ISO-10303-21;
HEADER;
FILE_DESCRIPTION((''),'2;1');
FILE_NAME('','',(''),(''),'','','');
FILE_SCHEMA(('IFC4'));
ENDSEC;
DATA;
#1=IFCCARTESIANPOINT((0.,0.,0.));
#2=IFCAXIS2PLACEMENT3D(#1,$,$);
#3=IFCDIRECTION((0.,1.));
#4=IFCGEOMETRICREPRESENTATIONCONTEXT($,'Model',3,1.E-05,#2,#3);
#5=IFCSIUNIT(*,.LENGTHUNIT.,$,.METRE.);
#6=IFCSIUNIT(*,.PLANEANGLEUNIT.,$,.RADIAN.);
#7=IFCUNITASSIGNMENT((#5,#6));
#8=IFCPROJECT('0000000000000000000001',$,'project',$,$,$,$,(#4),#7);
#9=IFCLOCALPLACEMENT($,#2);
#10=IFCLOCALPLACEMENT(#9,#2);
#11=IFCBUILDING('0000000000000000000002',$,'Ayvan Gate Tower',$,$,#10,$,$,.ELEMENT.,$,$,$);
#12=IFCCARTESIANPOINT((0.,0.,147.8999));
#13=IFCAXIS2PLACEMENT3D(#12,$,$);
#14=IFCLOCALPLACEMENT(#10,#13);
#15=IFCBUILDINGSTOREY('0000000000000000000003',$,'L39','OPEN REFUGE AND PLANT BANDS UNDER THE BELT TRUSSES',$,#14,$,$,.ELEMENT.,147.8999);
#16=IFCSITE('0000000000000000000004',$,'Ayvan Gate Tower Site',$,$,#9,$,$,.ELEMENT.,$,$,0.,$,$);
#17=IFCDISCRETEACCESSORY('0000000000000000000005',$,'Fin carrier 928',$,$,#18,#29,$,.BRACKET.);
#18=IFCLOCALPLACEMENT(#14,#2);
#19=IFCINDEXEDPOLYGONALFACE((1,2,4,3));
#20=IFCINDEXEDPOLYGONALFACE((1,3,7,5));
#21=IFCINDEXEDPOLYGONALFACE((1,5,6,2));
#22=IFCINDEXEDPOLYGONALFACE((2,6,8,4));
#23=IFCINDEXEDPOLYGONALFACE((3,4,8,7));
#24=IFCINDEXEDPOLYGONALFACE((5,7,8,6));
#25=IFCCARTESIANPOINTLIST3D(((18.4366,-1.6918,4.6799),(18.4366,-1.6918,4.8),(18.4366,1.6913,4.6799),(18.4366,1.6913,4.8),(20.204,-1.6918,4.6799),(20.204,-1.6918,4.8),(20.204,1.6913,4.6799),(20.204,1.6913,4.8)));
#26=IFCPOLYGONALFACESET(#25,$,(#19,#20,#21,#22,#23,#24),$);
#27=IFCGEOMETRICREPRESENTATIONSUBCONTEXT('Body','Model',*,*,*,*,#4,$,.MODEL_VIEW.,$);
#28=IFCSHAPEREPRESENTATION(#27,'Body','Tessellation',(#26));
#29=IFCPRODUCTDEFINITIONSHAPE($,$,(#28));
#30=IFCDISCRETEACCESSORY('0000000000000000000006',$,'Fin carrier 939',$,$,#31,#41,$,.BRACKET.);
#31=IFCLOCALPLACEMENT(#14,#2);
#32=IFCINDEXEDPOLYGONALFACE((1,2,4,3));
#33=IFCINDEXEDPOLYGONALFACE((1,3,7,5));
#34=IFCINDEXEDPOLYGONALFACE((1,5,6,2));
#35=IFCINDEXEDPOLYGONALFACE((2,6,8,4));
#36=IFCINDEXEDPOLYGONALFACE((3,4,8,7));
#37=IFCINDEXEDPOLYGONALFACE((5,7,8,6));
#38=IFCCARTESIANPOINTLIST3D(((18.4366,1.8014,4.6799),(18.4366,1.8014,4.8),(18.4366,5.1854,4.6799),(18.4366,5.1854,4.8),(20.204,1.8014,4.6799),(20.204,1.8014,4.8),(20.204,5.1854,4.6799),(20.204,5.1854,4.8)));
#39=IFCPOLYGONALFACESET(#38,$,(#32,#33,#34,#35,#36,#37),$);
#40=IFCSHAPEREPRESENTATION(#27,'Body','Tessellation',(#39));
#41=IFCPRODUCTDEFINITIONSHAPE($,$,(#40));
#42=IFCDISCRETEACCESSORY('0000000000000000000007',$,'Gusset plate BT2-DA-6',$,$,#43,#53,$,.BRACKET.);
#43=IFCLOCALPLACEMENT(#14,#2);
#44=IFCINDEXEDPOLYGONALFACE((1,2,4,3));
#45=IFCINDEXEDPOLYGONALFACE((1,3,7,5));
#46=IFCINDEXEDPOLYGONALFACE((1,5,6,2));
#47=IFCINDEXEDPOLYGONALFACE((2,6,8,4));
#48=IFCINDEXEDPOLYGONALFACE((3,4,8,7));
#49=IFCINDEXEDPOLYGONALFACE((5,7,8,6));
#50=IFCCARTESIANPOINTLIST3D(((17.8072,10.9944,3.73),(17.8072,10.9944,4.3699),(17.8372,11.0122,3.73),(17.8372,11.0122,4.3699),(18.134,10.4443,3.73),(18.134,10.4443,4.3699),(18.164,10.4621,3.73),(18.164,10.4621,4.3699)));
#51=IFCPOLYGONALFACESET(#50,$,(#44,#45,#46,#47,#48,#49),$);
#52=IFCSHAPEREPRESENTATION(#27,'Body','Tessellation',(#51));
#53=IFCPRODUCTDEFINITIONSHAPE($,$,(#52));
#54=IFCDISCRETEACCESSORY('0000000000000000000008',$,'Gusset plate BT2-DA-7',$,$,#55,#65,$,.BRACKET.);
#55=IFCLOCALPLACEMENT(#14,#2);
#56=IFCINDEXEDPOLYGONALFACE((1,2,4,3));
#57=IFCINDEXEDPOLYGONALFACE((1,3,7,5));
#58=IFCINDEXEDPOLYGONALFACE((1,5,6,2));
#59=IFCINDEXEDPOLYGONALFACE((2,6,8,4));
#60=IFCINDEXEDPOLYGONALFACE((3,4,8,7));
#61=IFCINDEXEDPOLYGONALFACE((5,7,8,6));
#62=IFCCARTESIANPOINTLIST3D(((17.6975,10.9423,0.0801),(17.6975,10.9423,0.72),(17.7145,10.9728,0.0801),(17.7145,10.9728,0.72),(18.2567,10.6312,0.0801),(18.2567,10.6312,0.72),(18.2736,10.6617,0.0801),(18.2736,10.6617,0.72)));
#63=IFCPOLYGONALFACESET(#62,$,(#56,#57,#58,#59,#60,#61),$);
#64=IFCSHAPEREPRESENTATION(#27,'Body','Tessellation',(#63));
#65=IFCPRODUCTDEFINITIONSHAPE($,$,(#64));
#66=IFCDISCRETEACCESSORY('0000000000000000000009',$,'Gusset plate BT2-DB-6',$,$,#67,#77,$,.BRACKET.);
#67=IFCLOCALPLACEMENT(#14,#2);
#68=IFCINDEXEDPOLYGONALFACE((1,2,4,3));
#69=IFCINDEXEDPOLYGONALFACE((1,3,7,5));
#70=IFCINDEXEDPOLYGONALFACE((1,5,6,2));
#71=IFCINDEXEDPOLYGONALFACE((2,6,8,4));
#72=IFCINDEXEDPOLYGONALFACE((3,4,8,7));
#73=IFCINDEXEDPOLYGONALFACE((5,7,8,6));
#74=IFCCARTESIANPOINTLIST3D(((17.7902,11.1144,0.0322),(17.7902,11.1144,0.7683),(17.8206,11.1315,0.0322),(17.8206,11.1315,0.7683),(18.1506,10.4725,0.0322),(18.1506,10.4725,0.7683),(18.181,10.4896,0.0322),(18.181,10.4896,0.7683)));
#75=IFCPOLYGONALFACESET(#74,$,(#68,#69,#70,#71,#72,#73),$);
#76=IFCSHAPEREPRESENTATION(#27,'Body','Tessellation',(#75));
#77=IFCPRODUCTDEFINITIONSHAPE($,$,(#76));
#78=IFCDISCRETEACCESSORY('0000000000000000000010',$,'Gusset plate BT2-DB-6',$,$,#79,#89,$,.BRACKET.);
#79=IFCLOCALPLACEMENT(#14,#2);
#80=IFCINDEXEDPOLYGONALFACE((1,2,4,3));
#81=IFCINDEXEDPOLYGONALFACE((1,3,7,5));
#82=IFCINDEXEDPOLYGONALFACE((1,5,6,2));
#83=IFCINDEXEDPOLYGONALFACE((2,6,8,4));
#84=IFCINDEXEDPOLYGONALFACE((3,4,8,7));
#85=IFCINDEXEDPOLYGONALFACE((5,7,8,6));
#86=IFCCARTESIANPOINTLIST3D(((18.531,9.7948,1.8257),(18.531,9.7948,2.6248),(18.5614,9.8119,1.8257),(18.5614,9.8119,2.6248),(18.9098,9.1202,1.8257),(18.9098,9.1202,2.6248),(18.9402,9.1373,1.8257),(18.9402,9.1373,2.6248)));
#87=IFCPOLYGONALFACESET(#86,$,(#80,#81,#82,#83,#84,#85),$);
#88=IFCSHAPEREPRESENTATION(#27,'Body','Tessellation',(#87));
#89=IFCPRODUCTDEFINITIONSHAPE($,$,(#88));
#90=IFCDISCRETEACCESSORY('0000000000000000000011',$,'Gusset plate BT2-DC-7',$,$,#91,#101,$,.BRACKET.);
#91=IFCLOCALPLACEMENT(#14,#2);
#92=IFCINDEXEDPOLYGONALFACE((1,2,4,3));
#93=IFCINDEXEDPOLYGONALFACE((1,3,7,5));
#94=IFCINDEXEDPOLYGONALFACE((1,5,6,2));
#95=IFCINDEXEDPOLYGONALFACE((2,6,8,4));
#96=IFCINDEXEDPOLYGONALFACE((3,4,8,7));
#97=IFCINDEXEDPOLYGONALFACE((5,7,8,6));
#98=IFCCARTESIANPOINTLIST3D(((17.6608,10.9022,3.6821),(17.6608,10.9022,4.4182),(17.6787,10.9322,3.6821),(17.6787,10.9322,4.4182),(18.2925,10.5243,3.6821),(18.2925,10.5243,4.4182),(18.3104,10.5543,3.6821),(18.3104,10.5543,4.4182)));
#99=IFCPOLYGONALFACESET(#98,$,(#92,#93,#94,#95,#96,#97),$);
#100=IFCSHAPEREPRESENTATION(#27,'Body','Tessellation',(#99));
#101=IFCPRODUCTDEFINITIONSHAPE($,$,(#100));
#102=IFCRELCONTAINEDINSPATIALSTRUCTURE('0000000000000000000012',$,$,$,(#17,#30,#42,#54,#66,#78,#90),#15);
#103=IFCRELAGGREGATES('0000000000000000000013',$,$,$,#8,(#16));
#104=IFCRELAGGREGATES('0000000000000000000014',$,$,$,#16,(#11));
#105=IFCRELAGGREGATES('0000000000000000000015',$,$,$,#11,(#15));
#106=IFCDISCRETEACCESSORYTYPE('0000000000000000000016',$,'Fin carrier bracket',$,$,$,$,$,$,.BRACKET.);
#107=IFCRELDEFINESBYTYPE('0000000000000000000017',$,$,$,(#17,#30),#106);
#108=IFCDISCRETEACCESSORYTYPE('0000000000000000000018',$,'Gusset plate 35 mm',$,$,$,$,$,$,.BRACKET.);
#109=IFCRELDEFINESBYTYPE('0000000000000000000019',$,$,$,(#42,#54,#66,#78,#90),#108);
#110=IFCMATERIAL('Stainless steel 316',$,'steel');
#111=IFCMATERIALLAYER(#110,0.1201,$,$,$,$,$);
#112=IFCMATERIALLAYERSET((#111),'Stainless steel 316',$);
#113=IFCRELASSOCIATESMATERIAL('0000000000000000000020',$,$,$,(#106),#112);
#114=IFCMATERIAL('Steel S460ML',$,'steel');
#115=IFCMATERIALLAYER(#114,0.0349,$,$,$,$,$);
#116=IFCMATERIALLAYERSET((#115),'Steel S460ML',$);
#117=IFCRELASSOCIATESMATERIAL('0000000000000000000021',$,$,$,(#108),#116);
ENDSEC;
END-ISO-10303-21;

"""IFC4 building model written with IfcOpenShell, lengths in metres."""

from ifc_helpers import new_model, si_unit, direction, frame, origin, origin_2d, place, context, subcontext, project, spatial, rectangle, extrude, material, layer, layer_set, type_object, element, save


model = new_model("IFC4")

# Units and contexts
model_context = context("Model", 3, precision=1e-05, world=origin(), true_north=direction((0.0, 1.0)))
body_context = subcontext(model_context, "Body", "Model", "MODEL_VIEW")
ifc_project = project(units=[si_unit("LENGTHUNIT", "METRE"), si_unit("PLANEANGLEUNIT", "RADIAN")], contexts=[model_context])

# Site, building, storey
site_placement = place(None, origin())
site = spatial("IfcSite", under=ifc_project, at=site_placement, Name="Ayvan Gate Tower Site", CompositionType="ELEMENT", RefElevation=0.0)
building_placement = place(site_placement, origin())
building = spatial("IfcBuilding", under=site, at=building_placement, Name="Ayvan Gate Tower", CompositionType="ELEMENT")
storey_placement = place(building_placement, frame((0.0, 0.0, 147.8999)))
storey = spatial("IfcBuildingStorey", under=building, at=storey_placement, Name="L39", Description="OPEN REFUGE AND PLANT BANDS UNDER THE BELT TRUSSES", CompositionType="ELEMENT", Elevation=147.8999)

# Shared definitions
ifc_material_1 = material(Name="Steel S460ML", Category="steel")

# Discrete accessories
ifc_material_2 = material(Name="Stainless steel 316", Category="steel")
ifc_layer_1 = layer(ifc_material_2, 0.1201)
ifc_layer_set_1 = layer_set([ifc_layer_1], Name="Stainless steel 316")
discrete_accessory_type_1 = type_object("IfcDiscreteAccessoryType", Name="Fin carrier bracket", PredefinedType="BRACKET", material=ifc_layer_set_1)
discrete_accessory_1_placement = place(storey_placement, frame((19.3203, -0.0002, 4.6799), z_axis=(0.0, 0.0, 1.0), x_axis=(0.0, 1.0, 0.0)))
element("IfcDiscreteAccessory", 1, at=discrete_accessory_1_placement, inside=storey, type_object=discrete_accessory_type_1, Name="Fin carrier 928", PredefinedType="BRACKET", context=body_context, shape_type="SweptSolid", body=[
    extrude(rectangle(XDim=3.3831, YDim=1.7673, at=origin_2d()), origin(), (0.0, 0.0, 1.0), 0.1201),
])
discrete_accessory_2_placement = place(storey_placement, frame((19.3203, 3.4934, 4.6799), z_axis=(0.0, 0.0, 1.0), x_axis=(0.0, 1.0, 0.0)))
element("IfcDiscreteAccessory", 2, at=discrete_accessory_2_placement, inside=storey, type_object=discrete_accessory_type_1, Name="Fin carrier 939", PredefinedType="BRACKET", context=body_context, shape_type="SweptSolid", body=[
    extrude(rectangle(XDim=3.384, YDim=1.7673, at=origin_2d()), origin(), (0.0, 0.0, 1.0), 0.1201),
])
ifc_layer_2 = layer(ifc_material_1, 0.0349)
ifc_layer_set_2 = layer_set([ifc_layer_2], Name="Steel S460ML")
discrete_accessory_type_2 = type_object("IfcDiscreteAccessoryType", Name="Gusset plate 35 mm", PredefinedType="BRACKET", material=ifc_layer_set_2)
for number, where, z_axis, x_axis, name in (
    (3, (17.9856, 10.7283, 3.73), (0.0, 0.0, 1.0), (-0.510809, 0.859695, 0.0), "Gusset plate BT2-DA-6"),
    (4, (17.9856, 10.802, 0.0801), (0.0, 0.0, 1.0), (-0.873787, 0.486309, 0.0), "Gusset plate BT2-DA-7"),
):
    element("IfcDiscreteAccessory", number, at=place(storey_placement, frame(where, z_axis=z_axis, x_axis=x_axis)), inside=storey, type_object=discrete_accessory_type_2, Name=name, PredefinedType="BRACKET", context=body_context, shape_type="SweptSolid", body=[
        extrude(rectangle(XDim=0.6399, YDim=0.0349, at=origin_2d()), origin(), (0.0, 0.0, 1.0), 0.6399),
    ])
discrete_accessory_3_placement = place(storey_placement, frame((17.9856, 10.802, 0.0322), z_axis=(0.0, 0.0, 1.0), x_axis=(-0.489567, 0.871966, 0.0)))
element("IfcDiscreteAccessory", 5, at=discrete_accessory_3_placement, inside=storey, type_object=discrete_accessory_type_2, Name="Gusset plate BT2-DB-6", PredefinedType="BRACKET", context=body_context, shape_type="SweptSolid", body=[
    extrude(rectangle(XDim=0.7361, YDim=0.0349, at=origin_2d()), origin(), (0.0, 0.0, 1.0), 0.7361),
])
discrete_accessory_4_placement = place(storey_placement, frame((18.7356, 9.4661, 1.8257), z_axis=(0.0, 0.0, 1.0), x_axis=(-0.489567, 0.871966, 0.0)))
element("IfcDiscreteAccessory", 6, at=discrete_accessory_4_placement, inside=storey, type_object=discrete_accessory_type_2, Name="Gusset plate BT2-DB-6", PredefinedType="BRACKET", context=body_context, shape_type="SweptSolid", body=[
    extrude(rectangle(XDim=0.7737, YDim=0.0349, at=origin_2d()), origin(), (0.0, 0.0, 1.0), 0.7991),
])
discrete_accessory_5_placement = place(storey_placement, frame((17.9856, 10.7283, 3.6821), z_axis=(0.0, 0.0, 1.0), x_axis=(-0.858165, 0.513374, 0.0)))
element("IfcDiscreteAccessory", 7, at=discrete_accessory_5_placement, inside=storey, type_object=discrete_accessory_type_2, Name="Gusset plate BT2-DC-7", PredefinedType="BRACKET", context=body_context, shape_type="SweptSolid", body=[
    extrude(rectangle(XDim=0.7361, YDim=0.0349, at=origin_2d()), origin(), (0.0, 0.0, 1.0), 0.7361),
])

save(model, "model.ifc")
